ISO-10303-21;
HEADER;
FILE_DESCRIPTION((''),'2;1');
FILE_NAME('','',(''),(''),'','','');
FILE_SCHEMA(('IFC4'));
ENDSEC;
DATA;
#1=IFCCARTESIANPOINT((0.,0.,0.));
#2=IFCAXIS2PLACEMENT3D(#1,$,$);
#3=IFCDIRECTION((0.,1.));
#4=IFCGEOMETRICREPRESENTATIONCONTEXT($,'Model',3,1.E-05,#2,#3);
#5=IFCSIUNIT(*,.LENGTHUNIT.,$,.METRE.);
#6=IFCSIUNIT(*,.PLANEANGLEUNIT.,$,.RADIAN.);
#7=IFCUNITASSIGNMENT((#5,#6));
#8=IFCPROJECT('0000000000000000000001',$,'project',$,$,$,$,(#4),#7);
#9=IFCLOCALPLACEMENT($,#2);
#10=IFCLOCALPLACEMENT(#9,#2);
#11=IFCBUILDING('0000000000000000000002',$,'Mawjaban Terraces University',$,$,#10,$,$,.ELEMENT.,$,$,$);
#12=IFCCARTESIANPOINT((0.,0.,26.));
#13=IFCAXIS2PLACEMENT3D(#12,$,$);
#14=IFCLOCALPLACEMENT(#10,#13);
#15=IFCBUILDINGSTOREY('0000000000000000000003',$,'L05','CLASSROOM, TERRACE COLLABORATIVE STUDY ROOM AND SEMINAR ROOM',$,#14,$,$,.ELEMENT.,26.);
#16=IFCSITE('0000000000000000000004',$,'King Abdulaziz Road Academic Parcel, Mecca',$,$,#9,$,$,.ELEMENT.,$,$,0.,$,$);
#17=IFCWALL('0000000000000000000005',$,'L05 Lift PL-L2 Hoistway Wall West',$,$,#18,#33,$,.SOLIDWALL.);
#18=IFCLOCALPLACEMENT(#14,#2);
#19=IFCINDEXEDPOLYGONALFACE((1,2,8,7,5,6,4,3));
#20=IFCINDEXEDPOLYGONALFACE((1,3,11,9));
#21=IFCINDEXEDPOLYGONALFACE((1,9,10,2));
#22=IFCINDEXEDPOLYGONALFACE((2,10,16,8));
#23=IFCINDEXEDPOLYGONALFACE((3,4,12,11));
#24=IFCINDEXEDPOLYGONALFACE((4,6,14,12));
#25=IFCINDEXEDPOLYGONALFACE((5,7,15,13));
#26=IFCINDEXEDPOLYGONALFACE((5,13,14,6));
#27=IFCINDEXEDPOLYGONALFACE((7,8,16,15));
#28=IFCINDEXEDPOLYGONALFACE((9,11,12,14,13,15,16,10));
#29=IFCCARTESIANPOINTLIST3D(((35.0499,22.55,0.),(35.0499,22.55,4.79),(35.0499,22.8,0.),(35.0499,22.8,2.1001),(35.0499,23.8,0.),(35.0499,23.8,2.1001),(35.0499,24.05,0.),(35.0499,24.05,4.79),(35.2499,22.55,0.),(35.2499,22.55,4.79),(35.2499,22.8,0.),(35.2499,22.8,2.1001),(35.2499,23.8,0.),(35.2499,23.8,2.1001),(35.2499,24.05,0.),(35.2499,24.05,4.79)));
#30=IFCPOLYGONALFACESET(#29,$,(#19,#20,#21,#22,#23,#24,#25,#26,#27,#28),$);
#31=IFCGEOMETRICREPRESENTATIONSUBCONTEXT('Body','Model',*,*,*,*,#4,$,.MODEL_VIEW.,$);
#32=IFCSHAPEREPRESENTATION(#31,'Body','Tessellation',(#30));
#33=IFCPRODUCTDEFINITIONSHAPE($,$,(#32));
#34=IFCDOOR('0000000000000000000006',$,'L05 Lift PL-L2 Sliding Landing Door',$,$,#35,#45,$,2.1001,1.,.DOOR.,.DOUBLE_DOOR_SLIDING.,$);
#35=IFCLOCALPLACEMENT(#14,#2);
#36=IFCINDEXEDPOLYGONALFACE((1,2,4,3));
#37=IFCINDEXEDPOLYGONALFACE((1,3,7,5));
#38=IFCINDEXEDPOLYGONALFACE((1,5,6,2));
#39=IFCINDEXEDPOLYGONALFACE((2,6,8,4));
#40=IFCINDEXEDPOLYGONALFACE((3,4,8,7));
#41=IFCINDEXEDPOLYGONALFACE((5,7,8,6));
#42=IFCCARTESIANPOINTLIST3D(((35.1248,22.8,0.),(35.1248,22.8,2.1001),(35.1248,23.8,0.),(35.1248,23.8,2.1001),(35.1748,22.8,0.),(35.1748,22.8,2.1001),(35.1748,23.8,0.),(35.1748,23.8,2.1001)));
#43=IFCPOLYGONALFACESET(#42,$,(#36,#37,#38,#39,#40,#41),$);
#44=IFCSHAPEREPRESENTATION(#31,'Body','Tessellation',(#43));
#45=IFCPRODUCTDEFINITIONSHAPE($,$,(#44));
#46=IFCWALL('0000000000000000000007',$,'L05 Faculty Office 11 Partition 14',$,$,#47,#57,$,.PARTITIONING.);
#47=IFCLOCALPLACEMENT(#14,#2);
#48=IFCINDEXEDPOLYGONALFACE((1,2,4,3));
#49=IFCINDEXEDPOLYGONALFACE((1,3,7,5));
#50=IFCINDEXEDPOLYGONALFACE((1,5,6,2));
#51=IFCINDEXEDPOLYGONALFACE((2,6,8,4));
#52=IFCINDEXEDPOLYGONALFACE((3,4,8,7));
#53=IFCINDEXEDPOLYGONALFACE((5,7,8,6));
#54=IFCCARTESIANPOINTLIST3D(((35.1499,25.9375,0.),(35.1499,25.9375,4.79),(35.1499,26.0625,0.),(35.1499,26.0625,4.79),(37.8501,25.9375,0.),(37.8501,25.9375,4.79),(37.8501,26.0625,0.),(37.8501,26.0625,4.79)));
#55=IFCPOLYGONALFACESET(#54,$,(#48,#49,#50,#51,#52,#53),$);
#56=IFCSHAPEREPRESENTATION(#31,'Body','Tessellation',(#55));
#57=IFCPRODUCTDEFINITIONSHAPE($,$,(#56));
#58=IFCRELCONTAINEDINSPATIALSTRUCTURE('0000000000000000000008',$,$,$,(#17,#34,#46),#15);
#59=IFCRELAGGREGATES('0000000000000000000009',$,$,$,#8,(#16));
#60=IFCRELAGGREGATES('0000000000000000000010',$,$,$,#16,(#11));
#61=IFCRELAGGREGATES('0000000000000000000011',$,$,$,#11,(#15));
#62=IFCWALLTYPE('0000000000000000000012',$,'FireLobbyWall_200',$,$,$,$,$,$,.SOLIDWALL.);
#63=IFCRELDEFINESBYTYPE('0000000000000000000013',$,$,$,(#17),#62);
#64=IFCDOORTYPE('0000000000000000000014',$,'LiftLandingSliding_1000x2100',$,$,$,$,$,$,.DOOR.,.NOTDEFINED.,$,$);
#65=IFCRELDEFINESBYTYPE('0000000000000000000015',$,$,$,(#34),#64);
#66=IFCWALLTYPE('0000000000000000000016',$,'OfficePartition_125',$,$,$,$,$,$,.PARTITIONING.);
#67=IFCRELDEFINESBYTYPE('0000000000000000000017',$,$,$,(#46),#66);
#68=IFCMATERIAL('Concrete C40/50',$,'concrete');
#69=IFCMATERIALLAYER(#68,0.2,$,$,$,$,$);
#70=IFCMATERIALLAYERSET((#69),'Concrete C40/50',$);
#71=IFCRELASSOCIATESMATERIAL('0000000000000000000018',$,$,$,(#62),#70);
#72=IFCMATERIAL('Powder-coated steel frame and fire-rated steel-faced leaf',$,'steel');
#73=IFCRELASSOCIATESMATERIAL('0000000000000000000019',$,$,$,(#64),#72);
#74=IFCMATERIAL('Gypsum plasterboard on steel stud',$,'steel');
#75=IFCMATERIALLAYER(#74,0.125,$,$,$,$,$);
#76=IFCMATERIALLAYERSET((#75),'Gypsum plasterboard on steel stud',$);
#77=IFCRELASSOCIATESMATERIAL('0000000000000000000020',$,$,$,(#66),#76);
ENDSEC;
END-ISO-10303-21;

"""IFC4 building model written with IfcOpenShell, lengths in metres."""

from ifc_helpers import new_model, si_unit, direction, frame, frame_2d, origin, place, context, subcontext, project, spatial, rectangle, extrude, material, layer, layer_set, type_object, element, fill, save


model = new_model("IFC4")

# Units and contexts
model_context = context("Model", 3, precision=1e-05, world=origin(), true_north=direction((0.0, 1.0)))
body_context = subcontext(model_context, "Body", "Model", "MODEL_VIEW")
ifc_project = project(units=[si_unit("LENGTHUNIT", "METRE"), si_unit("PLANEANGLEUNIT", "RADIAN")], contexts=[model_context])

# Site, building, storey
site_placement = place(None, origin())
site = spatial("IfcSite", under=ifc_project, at=site_placement, Name="King Abdulaziz Road Academic Parcel, Mecca", CompositionType="ELEMENT", RefElevation=0.0)
building_placement = place(site_placement, origin())
building = spatial("IfcBuilding", under=site, at=building_placement, Name="Mawjaban Terraces University", CompositionType="ELEMENT")
storey_placement = place(building_placement, frame((0.0, 0.0, 26.0)))
storey = spatial("IfcBuildingStorey", under=building, at=storey_placement, Name="L05", Description="CLASSROOM, TERRACE COLLABORATIVE STUDY ROOM AND SEMINAR ROOM", CompositionType="ELEMENT", Elevation=26.0)

# Wall, opening, door
ifc_material_1 = material(Name="Concrete C40/50", Category="concrete")
ifc_layer_1 = layer(ifc_material_1, 0.2)
ifc_layer_set_1 = layer_set([ifc_layer_1], Name="Concrete C40/50")
wall_type_1 = type_object("IfcWallType", Name="FireLobbyWall_200", PredefinedType="SOLIDWALL", material=ifc_layer_set_1)
wall_1_placement = place(storey_placement, frame((35.1499, 24.05, 0.0), z_axis=(0.0, 0.0, 1.0), x_axis=(0.0, -1.0, 0.0)))
wall_1 = element("IfcWall", 1, at=wall_1_placement, inside=storey, type_object=wall_type_1, Name="L05 Lift PL-L2 Hoistway Wall West", PredefinedType="SOLIDWALL", context=body_context, shape_type="SweptSolid", body=[
    extrude(rectangle(XDim=1.5, YDim=0.2, at=frame_2d((0.75, 0.0))), origin(), (0.0, 0.0, 1.0), 4.79),
])
opening_1_placement = place(wall_1_placement, frame((0.25, 0.0, 0.0)))
opening_1 = element("IfcOpeningElement", 2, at=opening_1_placement, cuts=wall_1, PredefinedType="OPENING", context=body_context, shape_type="SweptSolid", body=[
    extrude(rectangle(XDim=1.0, YDim=2.1001, at=frame_2d((0.5, 1.05))), frame((0.0, 0.1099, 0.0), z_axis=(0.0, -1.0, 0.0), x_axis=(1.0, 0.0, 0.0)), (0.0, 0.0, 1.0), 0.22),
])
ifc_material_2 = material(Name="Powder-coated steel frame and fire-rated steel-faced leaf", Category="steel")
door_type_1 = type_object("IfcDoorType", Name="LiftLandingSliding_1000x2100", OperationType="NOTDEFINED", PredefinedType="DOOR", material=ifc_material_2)
door_1_placement = place(opening_1_placement, origin())
door_1 = element("IfcDoor", 3, at=door_1_placement, inside=storey, type_object=door_type_1, Name="L05 Lift PL-L2 Sliding Landing Door", OperationType="DOUBLE_DOOR_SLIDING", OverallHeight=2.1001, OverallWidth=1.0, PredefinedType="DOOR", context=body_context, shape_type="SweptSolid", body=[
    extrude(rectangle(XDim=1.0, YDim=2.1001, at=frame_2d((0.5, 1.05))), frame((0.0, 0.0249, 0.0), z_axis=(0.0, -1.0, 0.0), x_axis=(1.0, 0.0, 0.0)), (0.0, 0.0, 1.0), 0.05),
])
fill(opening_1, door_1)

# Wall
ifc_material_3 = material(Name="Gypsum plasterboard on steel stud", Category="steel")
ifc_layer_2 = layer(ifc_material_3, 0.125)
ifc_layer_set_2 = layer_set([ifc_layer_2], Name="Gypsum plasterboard on steel stud")
wall_type_2 = type_object("IfcWallType", Name="OfficePartition_125", PredefinedType="PARTITIONING", material=ifc_layer_set_2)
wall_2_placement = place(storey_placement, frame((35.1499, 26.0, 0.0), z_axis=(0.0, 0.0, 1.0), x_axis=(1.0, 0.0, 0.0)))
element("IfcWall", 4, at=wall_2_placement, inside=storey, type_object=wall_type_2, Name="L05 Faculty Office 11 Partition 14", PredefinedType="PARTITIONING", context=body_context, shape_type="SweptSolid", body=[
    extrude(rectangle(XDim=2.7002, YDim=0.125, at=frame_2d((1.3501, 0.0))), origin(), (0.0, 0.0, 1.0), 4.79),
])

save(model, "model.ifc")
